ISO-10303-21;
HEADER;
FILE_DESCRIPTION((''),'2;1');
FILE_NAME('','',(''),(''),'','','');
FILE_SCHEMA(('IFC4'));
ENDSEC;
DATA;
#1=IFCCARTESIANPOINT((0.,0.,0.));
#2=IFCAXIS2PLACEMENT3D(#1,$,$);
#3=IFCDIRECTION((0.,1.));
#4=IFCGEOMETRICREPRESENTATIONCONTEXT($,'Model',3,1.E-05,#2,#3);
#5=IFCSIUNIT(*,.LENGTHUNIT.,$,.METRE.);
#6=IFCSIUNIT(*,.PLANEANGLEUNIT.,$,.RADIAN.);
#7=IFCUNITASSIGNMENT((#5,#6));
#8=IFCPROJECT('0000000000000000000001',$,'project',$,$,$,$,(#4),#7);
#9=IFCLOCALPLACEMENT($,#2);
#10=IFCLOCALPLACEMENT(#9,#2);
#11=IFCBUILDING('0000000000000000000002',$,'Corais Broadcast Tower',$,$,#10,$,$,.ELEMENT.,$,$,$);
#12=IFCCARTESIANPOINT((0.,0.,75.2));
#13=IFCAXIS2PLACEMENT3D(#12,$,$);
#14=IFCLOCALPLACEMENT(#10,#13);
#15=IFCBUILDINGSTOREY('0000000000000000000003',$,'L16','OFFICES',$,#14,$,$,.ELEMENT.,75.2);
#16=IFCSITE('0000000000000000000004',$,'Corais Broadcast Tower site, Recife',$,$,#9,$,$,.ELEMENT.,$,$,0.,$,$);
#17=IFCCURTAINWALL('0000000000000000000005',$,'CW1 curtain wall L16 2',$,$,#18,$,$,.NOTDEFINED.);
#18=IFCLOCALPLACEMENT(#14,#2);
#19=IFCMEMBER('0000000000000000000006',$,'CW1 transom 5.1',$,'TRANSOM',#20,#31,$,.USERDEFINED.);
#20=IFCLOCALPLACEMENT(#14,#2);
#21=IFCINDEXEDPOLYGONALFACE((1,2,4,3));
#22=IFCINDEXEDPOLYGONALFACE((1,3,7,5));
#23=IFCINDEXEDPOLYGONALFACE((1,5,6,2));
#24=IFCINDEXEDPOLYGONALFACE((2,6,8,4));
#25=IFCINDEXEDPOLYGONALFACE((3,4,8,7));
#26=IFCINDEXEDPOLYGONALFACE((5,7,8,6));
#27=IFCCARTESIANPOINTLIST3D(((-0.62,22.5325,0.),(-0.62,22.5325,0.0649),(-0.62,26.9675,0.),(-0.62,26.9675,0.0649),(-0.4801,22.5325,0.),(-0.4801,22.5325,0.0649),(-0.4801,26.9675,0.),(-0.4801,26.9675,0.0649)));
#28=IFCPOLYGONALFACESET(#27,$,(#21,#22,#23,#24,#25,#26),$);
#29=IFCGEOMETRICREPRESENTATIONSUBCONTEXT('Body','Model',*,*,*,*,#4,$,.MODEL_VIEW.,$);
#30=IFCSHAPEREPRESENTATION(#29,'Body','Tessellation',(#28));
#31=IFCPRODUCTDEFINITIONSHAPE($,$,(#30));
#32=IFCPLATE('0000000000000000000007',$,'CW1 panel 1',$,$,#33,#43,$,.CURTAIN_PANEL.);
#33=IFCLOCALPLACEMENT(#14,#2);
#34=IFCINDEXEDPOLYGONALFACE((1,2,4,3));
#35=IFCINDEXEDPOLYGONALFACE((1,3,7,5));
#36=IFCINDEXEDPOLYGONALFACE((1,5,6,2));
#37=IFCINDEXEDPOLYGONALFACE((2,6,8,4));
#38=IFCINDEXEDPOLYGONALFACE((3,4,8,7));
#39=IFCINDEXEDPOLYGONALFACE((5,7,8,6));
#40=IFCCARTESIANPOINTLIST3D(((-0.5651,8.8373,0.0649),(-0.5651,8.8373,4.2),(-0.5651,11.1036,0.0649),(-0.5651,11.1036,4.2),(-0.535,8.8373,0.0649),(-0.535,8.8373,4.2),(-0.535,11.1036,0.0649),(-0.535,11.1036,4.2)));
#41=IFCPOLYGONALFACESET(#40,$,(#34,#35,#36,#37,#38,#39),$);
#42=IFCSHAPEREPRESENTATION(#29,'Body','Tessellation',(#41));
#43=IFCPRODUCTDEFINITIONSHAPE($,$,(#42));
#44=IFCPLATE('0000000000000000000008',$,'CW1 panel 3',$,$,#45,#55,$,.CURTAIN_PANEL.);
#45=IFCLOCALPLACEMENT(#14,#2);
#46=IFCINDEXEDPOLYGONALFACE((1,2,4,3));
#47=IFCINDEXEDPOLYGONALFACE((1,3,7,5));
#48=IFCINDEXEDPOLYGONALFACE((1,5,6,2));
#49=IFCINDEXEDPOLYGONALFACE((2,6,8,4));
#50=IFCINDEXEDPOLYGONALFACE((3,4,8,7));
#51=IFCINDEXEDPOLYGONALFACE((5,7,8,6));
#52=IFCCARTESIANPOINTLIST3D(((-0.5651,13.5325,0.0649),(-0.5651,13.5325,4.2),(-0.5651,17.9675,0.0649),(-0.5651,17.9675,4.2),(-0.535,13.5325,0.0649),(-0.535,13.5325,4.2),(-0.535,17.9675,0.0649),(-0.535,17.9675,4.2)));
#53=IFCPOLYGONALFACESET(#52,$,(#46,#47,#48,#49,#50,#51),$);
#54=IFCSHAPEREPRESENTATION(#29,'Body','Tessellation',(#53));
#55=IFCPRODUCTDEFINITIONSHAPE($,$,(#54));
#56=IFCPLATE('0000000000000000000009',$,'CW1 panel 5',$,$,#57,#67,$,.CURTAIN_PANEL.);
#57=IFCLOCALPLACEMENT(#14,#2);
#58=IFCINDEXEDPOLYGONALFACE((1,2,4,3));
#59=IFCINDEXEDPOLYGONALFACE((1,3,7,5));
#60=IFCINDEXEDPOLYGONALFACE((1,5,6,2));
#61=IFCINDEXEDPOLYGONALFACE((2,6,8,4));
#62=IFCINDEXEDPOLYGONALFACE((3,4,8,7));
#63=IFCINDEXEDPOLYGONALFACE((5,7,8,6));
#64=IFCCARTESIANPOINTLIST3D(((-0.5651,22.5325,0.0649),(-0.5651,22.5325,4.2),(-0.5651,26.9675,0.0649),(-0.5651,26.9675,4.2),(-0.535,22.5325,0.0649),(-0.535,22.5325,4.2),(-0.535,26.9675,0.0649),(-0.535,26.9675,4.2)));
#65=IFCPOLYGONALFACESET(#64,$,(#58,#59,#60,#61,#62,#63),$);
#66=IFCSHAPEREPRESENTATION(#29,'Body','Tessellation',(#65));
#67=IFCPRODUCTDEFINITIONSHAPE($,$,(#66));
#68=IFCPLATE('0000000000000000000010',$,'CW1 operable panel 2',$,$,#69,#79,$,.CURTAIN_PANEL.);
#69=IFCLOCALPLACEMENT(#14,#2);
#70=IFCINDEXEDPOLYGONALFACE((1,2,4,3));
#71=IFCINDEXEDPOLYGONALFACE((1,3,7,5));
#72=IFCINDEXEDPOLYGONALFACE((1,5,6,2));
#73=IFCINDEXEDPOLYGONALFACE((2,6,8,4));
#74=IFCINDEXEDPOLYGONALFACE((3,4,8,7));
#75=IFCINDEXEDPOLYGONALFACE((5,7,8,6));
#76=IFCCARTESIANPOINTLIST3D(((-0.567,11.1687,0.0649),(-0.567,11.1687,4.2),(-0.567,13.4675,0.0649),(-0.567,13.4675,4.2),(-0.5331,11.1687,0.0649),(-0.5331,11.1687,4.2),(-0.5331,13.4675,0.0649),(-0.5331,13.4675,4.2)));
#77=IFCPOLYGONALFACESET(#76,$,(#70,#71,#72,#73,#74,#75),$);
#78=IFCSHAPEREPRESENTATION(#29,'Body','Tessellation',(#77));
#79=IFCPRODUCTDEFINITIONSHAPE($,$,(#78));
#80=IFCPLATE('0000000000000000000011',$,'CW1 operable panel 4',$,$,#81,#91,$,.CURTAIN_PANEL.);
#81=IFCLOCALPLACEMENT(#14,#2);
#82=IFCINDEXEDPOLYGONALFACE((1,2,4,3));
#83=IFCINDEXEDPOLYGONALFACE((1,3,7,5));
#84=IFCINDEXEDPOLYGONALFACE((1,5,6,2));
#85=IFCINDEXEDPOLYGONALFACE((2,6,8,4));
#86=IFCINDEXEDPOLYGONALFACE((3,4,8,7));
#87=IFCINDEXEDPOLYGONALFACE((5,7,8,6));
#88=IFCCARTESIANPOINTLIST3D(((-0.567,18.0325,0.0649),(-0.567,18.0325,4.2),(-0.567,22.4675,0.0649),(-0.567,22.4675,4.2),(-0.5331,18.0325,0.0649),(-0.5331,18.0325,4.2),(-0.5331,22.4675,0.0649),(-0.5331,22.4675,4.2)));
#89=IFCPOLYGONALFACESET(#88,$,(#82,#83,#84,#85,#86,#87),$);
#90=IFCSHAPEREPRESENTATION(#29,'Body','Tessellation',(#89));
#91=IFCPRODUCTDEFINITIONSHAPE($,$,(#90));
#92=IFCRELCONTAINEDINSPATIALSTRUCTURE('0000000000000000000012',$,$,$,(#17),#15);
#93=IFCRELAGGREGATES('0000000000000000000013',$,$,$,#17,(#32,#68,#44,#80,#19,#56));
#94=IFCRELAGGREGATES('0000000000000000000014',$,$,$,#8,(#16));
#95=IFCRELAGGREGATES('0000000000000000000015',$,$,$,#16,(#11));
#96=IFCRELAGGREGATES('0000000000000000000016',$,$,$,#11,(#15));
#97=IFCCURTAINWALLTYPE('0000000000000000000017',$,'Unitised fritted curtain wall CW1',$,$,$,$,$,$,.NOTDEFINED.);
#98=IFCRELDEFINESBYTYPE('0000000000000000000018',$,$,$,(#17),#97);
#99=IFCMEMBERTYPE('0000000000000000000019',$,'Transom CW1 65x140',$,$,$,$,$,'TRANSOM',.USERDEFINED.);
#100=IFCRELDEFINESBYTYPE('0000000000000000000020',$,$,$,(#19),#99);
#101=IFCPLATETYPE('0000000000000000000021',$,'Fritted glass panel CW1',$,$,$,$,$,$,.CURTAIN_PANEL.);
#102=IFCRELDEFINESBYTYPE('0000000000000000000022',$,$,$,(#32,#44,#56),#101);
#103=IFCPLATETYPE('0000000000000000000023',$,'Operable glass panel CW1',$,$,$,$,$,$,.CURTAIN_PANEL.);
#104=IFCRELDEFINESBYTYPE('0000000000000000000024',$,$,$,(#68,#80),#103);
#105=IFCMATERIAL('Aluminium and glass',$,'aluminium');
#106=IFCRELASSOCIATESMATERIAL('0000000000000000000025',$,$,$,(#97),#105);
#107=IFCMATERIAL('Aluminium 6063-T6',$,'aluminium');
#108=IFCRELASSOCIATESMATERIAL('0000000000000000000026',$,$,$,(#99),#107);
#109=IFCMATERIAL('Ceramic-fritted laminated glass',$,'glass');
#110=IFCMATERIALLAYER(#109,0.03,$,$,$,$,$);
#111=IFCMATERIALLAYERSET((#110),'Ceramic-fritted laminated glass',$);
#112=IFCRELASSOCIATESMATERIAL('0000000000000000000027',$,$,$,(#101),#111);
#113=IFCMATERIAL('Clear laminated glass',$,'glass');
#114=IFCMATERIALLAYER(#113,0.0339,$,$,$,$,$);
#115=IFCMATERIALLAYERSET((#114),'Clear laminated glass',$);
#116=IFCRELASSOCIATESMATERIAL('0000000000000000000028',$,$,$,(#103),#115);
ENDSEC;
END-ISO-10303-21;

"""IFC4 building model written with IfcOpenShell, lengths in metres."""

from ifc_helpers import new_model, si_unit, direction, frame, origin, origin_2d, place, context, subcontext, project, spatial, rectangle, extrude, material, layer, layer_set, material_profile, profile_set, type_object, element, aggregate, save


model = new_model("IFC4")

# Units and contexts
model_context = context("Model", 3, precision=1e-05, world=origin(), true_north=direction((0.0, 1.0)))
body_context = subcontext(model_context, "Body", "Model", "MODEL_VIEW")
ifc_project = project(units=[si_unit("LENGTHUNIT", "METRE"), si_unit("PLANEANGLEUNIT", "RADIAN")], contexts=[model_context])

# Site, building, storey
site_placement = place(None, origin())
site = spatial("IfcSite", under=ifc_project, at=site_placement, Name="Corais Broadcast Tower site, Recife", CompositionType="ELEMENT", RefElevation=0.0)
building_placement = place(site_placement, origin())
building = spatial("IfcBuilding", under=site, at=building_placement, Name="Corais Broadcast Tower", CompositionType="ELEMENT")
storey_placement = place(building_placement, frame((0.0, 0.0, 75.2)))
storey = spatial("IfcBuildingStorey", under=building, at=storey_placement, Name="L16", Description="OFFICES", CompositionType="ELEMENT", Elevation=75.2)

# Curtain wall
ifc_material_1 = material(Name="Aluminium and glass", Category="aluminium")
curtain_wall_type = type_object("IfcCurtainWallType", Name="Unitised fritted curtain wall CW1", PredefinedType="NOTDEFINED", material=ifc_material_1)
curtain_wall_placement = place(storey_placement, origin())
curtain_wall = element("IfcCurtainWall", 1, at=curtain_wall_placement, inside=storey, type_object=curtain_wall_type, Name="CW1 curtain wall L16 2", PredefinedType="NOTDEFINED")

# Member
ifc_material_2 = material(Name="Aluminium 6063-T6", Category="aluminium")
ifc_material_profile_1 = material_profile(ifc_material_2, rectangle(XDim=0.1399, YDim=0.0649, at=origin_2d()), Name="Transom CW1 65x140")
ifc_profile_set_1 = profile_set([ifc_material_profile_1], Name="Aluminium 6063-T6")
member_type_1 = type_object("IfcMemberType", Name="Transom CW1 65x140", ElementType="TRANSOM", PredefinedType="USERDEFINED", material=ifc_profile_set_1)
member_1_placement = place(storey_placement, frame((-0.55, 22.5325, 0.0325), z_axis=(0.0, 1.0, 0.0), x_axis=(-1.0, 0.0, 0.0)))
member_1 = element("IfcMember", 2, at=member_1_placement, type_object=member_type_1, Name="CW1 transom 5.1", ObjectType="TRANSOM", PredefinedType="USERDEFINED", context=body_context, shape_type="SweptSolid", body=[
    extrude(rectangle(XDim=0.1399, YDim=0.0649, at=origin_2d()), origin(), (0.0, 0.0, 1.0), 4.4351),
])

# Plates
ifc_material_3 = material(Name="Ceramic-fritted laminated glass", Category="glass")
ifc_layer_1 = layer(ifc_material_3, 0.03)
ifc_layer_set_1 = layer_set([ifc_layer_1], Name="Ceramic-fritted laminated glass")
plate_type_1 = type_object("IfcPlateType", Name="Fritted glass panel CW1", PredefinedType="CURTAIN_PANEL", material=ifc_layer_set_1)
plate_1_placement = place(storey_placement, frame((-0.55, 9.9705, 0.0649), z_axis=(0.0, 0.0, 1.0), x_axis=(0.0, 1.0, 0.0)))
plate_1 = element("IfcPlate", 3, at=plate_1_placement, type_object=plate_type_1, Name="CW1 panel 1", PredefinedType="CURTAIN_PANEL", context=body_context, shape_type="SweptSolid", body=[
    extrude(rectangle(XDim=2.2664, YDim=0.03, at=origin_2d()), origin(), (0.0, 0.0, 1.0), 4.135),
])
plate_2_placement = place(storey_placement, frame((-0.55, 15.75, 0.0649), z_axis=(0.0, 0.0, 1.0), x_axis=(0.0, 1.0, 0.0)))
plate_2 = element("IfcPlate", 4, at=plate_2_placement, type_object=plate_type_1, Name="CW1 panel 3", PredefinedType="CURTAIN_PANEL", context=body_context, shape_type="SweptSolid", body=[
    extrude(rectangle(XDim=4.4351, YDim=0.03, at=origin_2d()), origin(), (0.0, 0.0, 1.0), 4.135),
])
plate_3_placement = place(storey_placement, frame((-0.55, 24.75, 0.0649), z_axis=(0.0, 0.0, 1.0), x_axis=(0.0, 1.0, 0.0)))
plate_3 = element("IfcPlate", 5, at=plate_3_placement, type_object=plate_type_1, Name="CW1 panel 5", PredefinedType="CURTAIN_PANEL", context=body_context, shape_type="SweptSolid", body=[
    extrude(rectangle(XDim=4.4351, YDim=0.03, at=origin_2d()), origin(), (0.0, 0.0, 1.0), 4.135),
])
ifc_material_4 = material(Name="Clear laminated glass", Category="glass")
ifc_layer_2 = layer(ifc_material_4, 0.0339)
ifc_layer_set_2 = layer_set([ifc_layer_2], Name="Clear laminated glass")
plate_type_2 = type_object("IfcPlateType", Name="Operable glass panel CW1", PredefinedType="CURTAIN_PANEL", material=ifc_layer_set_2)
plate_4_placement = place(storey_placement, frame((-0.55, 12.3181, 0.0649), z_axis=(0.0, 0.0, 1.0), x_axis=(0.0, 1.0, 0.0)))
plate_4 = element("IfcPlate", 6, at=plate_4_placement, type_object=plate_type_2, Name="CW1 operable panel 2", PredefinedType="CURTAIN_PANEL", context=body_context, shape_type="SweptSolid", body=[
    extrude(rectangle(XDim=2.2988, YDim=0.0339, at=origin_2d()), origin(), (0.0, 0.0, 1.0), 4.135),
])
plate_5_placement = place(storey_placement, frame((-0.55, 20.25, 0.0649), z_axis=(0.0, 0.0, 1.0), x_axis=(0.0, 1.0, 0.0)))
plate_5 = element("IfcPlate", 7, at=plate_5_placement, type_object=plate_type_2, Name="CW1 operable panel 4", PredefinedType="CURTAIN_PANEL", context=body_context, shape_type="SweptSolid", body=[
    extrude(rectangle(XDim=4.4351, YDim=0.0339, at=origin_2d()), origin(), (0.0, 0.0, 1.0), 4.135),
])
aggregate(curtain_wall, [plate_1, plate_4, plate_2, plate_5, member_1, plate_3])

save(model, "model.ifc")
